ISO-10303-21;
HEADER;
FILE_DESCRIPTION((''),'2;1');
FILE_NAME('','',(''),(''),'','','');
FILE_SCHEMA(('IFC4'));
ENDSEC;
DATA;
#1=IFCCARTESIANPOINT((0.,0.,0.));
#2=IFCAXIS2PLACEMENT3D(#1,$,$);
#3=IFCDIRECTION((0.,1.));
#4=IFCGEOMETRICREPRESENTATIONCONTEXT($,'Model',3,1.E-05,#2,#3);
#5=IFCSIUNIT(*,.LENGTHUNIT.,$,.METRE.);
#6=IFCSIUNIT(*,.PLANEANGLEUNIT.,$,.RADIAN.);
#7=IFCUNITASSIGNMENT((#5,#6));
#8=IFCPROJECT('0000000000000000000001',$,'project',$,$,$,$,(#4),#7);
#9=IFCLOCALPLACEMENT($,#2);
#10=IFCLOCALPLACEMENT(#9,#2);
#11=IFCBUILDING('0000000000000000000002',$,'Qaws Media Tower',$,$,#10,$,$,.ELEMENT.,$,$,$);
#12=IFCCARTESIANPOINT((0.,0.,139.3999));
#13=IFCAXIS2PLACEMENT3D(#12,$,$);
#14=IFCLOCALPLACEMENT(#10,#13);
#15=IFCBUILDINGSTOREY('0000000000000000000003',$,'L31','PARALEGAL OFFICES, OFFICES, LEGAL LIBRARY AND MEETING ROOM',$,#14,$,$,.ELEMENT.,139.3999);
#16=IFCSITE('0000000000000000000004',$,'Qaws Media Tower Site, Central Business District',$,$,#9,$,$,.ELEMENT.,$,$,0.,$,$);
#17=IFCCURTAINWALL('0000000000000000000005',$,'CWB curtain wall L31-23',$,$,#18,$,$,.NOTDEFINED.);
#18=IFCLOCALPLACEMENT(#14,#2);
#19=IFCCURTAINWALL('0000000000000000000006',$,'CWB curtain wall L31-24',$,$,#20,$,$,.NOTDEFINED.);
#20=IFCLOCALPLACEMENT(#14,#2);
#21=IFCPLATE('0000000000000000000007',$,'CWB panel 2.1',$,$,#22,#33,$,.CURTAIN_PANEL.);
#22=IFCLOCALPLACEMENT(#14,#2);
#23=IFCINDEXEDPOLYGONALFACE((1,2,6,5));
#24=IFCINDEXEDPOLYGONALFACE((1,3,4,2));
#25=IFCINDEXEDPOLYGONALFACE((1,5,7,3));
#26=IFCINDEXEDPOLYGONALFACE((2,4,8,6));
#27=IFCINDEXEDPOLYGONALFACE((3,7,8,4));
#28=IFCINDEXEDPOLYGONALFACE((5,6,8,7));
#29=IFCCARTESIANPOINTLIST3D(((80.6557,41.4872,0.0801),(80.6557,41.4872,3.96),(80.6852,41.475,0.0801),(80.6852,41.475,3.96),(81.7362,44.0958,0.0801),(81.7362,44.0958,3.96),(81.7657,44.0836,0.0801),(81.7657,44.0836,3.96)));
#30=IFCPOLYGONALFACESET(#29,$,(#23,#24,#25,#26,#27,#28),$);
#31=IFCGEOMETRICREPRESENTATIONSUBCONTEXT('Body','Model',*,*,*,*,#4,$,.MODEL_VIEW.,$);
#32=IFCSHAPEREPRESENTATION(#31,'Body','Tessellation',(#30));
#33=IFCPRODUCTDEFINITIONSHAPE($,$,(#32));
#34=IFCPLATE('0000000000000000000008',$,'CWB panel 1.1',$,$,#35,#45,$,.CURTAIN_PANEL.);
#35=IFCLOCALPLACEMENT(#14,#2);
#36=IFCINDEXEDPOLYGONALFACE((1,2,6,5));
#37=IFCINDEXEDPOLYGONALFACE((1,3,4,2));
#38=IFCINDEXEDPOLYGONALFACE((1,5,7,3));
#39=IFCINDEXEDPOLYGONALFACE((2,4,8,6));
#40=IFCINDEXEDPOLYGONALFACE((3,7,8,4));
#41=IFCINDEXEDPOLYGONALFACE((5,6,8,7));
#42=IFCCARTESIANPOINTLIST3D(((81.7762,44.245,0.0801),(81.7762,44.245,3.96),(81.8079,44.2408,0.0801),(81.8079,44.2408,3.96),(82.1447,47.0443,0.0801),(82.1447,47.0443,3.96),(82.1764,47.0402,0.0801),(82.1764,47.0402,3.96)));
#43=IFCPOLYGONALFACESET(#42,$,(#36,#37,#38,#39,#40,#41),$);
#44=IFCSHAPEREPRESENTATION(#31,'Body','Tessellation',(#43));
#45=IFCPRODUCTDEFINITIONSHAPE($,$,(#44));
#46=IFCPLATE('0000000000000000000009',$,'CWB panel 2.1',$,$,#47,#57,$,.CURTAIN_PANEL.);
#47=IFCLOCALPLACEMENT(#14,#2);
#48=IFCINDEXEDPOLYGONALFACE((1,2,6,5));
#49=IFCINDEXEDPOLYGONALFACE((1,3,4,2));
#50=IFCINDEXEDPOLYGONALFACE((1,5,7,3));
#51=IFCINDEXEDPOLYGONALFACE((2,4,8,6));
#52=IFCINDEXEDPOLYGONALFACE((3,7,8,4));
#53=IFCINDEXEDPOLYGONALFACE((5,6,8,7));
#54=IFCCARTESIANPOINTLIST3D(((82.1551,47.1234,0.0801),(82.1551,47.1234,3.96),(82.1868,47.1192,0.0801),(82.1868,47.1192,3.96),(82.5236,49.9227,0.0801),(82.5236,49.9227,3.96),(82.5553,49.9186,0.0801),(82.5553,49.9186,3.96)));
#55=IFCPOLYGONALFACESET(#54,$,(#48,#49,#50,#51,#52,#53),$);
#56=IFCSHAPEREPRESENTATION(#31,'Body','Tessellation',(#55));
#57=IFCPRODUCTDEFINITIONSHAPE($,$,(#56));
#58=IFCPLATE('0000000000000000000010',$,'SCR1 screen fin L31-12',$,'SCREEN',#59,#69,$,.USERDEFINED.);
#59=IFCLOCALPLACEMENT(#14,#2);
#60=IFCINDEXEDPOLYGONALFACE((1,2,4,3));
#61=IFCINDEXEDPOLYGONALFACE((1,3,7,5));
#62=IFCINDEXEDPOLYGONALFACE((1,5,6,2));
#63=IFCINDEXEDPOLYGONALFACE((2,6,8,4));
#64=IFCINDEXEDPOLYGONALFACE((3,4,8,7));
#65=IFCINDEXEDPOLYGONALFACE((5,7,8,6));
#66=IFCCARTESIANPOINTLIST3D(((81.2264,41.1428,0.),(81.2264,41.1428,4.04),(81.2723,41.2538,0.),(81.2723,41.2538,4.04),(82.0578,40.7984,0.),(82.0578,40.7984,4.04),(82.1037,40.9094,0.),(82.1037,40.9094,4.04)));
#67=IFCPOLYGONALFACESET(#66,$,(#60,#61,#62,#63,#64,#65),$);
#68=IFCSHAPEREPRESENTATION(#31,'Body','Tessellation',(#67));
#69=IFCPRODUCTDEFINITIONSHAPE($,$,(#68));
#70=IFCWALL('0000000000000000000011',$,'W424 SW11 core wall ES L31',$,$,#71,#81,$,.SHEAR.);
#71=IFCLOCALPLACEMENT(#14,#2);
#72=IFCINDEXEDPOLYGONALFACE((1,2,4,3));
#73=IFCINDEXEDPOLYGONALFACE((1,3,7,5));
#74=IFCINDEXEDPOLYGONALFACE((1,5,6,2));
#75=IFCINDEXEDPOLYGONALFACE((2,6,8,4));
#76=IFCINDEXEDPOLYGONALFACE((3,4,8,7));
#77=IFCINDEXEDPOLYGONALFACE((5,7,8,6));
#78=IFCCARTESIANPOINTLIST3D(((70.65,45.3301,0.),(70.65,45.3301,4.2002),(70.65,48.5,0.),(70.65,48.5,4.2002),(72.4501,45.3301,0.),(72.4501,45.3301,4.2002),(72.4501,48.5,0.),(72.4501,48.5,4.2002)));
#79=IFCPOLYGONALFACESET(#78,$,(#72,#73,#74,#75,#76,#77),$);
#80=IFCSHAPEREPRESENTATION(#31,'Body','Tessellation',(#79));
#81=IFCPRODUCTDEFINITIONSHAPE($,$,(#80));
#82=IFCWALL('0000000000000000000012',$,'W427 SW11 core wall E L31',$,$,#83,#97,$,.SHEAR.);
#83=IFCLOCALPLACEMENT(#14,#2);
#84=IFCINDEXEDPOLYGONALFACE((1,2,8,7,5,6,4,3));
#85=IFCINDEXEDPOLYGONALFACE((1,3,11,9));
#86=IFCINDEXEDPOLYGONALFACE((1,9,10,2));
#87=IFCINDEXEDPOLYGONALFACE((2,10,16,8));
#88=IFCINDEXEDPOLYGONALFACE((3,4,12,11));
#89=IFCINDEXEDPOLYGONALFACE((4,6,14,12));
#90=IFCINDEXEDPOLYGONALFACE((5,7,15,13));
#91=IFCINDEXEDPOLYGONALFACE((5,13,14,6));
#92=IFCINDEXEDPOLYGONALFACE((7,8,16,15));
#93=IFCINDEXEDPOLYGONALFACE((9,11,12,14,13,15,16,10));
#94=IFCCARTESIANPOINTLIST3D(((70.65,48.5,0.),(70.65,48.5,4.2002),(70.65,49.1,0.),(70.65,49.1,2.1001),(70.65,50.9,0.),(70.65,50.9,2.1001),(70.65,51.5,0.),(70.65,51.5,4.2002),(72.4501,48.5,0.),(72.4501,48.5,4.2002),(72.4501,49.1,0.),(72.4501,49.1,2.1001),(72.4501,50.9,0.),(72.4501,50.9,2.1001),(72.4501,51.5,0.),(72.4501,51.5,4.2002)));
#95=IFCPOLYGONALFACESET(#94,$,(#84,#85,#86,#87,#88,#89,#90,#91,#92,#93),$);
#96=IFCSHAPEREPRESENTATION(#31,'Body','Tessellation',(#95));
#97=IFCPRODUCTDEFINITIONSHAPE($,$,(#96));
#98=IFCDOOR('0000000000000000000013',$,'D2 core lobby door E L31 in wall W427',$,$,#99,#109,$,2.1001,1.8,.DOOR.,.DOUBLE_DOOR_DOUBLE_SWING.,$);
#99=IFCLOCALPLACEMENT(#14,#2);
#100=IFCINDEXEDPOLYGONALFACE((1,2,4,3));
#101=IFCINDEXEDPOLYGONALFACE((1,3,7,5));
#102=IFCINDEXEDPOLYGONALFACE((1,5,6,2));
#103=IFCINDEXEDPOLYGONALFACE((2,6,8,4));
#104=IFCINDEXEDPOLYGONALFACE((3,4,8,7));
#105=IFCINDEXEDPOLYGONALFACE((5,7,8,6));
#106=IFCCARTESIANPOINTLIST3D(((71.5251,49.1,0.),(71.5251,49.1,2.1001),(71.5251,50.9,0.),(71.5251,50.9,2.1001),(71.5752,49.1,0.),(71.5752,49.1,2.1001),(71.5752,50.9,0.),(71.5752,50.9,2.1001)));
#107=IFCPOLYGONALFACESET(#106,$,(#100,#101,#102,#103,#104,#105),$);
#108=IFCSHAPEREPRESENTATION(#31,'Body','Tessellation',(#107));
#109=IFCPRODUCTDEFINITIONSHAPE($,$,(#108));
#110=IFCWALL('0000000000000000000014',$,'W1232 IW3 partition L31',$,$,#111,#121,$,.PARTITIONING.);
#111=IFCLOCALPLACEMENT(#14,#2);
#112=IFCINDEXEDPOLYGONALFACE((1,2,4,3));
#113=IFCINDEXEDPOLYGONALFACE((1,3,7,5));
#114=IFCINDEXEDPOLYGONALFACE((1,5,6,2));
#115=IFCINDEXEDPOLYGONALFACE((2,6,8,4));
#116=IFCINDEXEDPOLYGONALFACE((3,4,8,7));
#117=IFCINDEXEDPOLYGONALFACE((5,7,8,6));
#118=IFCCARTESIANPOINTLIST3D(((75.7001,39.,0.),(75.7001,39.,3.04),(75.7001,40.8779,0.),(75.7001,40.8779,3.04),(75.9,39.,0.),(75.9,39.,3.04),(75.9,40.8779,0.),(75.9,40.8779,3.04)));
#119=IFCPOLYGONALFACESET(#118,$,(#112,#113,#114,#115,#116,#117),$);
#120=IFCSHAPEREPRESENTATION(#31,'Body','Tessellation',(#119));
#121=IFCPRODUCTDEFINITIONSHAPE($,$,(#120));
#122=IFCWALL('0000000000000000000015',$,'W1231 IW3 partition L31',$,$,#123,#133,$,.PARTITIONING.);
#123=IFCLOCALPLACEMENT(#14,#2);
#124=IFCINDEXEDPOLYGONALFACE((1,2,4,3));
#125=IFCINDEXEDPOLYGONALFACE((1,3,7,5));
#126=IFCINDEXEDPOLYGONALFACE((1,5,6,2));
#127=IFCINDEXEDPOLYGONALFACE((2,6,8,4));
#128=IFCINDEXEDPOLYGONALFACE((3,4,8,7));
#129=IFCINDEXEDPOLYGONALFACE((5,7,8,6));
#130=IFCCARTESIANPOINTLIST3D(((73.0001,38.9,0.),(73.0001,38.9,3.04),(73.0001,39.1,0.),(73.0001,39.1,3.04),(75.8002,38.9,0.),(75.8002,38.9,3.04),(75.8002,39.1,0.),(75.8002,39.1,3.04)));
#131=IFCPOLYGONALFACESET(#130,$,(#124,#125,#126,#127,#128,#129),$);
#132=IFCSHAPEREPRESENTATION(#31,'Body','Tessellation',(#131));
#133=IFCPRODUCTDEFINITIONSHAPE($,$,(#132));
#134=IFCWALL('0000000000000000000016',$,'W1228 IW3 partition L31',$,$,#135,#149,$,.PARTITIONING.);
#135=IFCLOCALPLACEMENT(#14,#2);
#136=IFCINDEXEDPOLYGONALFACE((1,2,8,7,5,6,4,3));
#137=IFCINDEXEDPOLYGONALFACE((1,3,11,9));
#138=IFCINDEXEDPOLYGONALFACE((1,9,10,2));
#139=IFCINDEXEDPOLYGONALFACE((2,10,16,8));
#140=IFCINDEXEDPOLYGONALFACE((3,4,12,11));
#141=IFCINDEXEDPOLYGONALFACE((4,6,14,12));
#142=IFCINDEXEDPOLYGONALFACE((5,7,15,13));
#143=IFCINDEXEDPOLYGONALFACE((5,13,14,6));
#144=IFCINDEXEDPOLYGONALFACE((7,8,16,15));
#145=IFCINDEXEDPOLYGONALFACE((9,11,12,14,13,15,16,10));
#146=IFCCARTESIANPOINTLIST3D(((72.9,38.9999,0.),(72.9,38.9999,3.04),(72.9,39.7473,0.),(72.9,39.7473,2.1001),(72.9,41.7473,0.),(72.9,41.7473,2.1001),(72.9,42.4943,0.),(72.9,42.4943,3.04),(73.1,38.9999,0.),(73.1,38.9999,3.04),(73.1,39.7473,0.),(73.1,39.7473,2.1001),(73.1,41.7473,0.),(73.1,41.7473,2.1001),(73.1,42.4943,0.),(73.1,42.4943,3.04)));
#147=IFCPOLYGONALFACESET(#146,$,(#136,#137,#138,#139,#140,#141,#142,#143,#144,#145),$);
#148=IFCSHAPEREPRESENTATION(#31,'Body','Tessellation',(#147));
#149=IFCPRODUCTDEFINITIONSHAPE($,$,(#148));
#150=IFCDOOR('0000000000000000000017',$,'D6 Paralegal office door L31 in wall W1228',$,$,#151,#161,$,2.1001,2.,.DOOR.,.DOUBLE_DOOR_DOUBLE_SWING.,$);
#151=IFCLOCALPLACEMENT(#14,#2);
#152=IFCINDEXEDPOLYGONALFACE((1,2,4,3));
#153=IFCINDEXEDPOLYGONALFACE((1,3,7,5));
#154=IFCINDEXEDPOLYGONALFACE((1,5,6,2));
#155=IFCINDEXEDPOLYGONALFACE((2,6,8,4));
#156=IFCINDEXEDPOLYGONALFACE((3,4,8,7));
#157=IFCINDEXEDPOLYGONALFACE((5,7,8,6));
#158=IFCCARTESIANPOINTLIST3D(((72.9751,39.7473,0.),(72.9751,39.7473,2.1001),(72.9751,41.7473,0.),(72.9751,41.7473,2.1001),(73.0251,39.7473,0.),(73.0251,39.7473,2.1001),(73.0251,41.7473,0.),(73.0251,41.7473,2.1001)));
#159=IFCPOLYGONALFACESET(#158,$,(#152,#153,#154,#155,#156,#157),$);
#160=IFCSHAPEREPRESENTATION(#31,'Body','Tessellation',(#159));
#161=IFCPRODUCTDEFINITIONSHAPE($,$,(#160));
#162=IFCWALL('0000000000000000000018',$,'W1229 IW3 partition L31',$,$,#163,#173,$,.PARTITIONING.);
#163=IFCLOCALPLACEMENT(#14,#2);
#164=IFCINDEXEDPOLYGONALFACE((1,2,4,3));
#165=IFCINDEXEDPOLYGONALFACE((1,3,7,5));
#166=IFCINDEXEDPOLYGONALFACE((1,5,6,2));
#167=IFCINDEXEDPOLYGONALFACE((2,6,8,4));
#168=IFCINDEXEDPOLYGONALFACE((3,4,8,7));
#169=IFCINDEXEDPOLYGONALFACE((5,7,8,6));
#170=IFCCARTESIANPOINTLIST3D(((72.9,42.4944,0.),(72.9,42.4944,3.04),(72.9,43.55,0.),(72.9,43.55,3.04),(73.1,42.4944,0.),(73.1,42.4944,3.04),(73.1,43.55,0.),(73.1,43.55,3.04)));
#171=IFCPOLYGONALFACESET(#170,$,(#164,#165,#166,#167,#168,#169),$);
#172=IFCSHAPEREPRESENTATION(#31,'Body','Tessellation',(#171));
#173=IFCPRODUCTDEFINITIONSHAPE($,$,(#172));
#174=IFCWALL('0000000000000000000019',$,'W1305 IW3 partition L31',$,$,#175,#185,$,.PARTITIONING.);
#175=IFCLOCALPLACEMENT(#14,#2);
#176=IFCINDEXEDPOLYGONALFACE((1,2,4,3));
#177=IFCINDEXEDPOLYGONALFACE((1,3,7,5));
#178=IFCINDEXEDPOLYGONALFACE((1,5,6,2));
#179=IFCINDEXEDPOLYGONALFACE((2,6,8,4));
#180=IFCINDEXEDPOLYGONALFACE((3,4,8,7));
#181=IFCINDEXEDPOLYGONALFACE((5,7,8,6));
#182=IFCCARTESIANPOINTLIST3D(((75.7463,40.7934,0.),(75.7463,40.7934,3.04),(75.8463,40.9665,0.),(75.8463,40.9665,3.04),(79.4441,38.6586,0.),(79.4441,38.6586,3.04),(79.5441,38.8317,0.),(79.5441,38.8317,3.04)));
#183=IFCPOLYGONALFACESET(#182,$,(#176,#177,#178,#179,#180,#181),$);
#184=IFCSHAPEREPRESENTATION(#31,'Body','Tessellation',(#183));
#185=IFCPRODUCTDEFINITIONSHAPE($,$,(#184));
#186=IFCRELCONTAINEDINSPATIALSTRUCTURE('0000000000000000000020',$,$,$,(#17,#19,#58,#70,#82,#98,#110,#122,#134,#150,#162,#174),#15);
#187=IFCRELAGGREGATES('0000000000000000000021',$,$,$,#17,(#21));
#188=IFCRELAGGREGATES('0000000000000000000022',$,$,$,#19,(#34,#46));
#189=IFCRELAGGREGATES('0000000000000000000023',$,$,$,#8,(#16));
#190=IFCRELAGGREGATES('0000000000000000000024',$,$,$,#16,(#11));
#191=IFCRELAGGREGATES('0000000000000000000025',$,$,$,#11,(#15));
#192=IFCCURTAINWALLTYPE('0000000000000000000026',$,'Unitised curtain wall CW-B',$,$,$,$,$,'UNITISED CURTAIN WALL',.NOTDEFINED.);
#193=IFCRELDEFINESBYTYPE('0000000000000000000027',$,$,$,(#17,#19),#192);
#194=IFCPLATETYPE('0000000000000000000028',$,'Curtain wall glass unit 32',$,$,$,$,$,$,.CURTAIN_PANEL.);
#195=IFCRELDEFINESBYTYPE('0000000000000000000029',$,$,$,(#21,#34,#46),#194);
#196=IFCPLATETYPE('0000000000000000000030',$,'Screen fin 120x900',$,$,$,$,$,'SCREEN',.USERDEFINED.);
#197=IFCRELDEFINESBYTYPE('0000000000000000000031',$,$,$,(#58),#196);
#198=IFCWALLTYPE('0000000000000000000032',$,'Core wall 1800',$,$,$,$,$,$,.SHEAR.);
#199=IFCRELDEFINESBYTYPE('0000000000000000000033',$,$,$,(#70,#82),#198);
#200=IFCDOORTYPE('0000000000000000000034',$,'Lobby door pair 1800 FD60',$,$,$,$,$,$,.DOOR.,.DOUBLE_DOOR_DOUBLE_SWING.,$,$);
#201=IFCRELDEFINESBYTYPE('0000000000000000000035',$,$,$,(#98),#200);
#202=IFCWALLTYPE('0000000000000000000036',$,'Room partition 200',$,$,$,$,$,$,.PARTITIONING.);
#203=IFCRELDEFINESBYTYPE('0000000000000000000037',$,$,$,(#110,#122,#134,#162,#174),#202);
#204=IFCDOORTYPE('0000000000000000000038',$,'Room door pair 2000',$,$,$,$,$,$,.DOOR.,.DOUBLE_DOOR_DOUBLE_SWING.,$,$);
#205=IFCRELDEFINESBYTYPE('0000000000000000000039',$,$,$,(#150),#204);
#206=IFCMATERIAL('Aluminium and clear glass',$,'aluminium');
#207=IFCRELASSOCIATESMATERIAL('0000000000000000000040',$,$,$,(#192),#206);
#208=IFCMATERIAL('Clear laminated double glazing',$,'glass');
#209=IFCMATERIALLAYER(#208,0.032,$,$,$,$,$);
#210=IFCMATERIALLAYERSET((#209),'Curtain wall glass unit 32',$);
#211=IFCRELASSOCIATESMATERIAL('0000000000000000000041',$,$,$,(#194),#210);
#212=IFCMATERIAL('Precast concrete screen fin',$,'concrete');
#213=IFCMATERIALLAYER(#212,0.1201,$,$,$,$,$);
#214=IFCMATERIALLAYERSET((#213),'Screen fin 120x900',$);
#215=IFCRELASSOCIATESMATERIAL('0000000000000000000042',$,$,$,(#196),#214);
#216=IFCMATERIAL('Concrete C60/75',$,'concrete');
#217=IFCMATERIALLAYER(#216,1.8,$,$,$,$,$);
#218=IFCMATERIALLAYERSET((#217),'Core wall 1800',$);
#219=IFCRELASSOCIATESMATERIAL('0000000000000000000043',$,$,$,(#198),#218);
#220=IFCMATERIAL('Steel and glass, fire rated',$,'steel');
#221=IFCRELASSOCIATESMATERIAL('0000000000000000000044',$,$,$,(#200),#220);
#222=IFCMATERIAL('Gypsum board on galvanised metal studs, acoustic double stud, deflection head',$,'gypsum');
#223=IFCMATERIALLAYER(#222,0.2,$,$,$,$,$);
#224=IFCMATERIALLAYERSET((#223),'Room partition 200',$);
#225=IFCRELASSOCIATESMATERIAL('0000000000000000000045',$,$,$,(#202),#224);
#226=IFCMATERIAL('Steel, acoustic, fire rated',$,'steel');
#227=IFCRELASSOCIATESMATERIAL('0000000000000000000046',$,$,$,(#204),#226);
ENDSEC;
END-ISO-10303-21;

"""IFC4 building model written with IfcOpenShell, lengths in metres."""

from ifc_helpers import new_model, si_unit, direction, frame, frame_2d, origin, origin_2d, place, context, subcontext, project, spatial, rectangle, extrude, material, layer, layer_set, type_object, element, fill, aggregate, save


model = new_model("IFC4")

# Units and contexts
model_context = context("Model", 3, precision=1e-05, world=origin(), true_north=direction((0.0, 1.0)))
body_context = subcontext(model_context, "Body", "Model", "MODEL_VIEW")
ifc_project = project(units=[si_unit("LENGTHUNIT", "METRE"), si_unit("PLANEANGLEUNIT", "RADIAN")], contexts=[model_context])

# Site, building, storey
site_placement = place(None, origin())
site = spatial("IfcSite", under=ifc_project, at=site_placement, Name="Qaws Media Tower Site, Central Business District", CompositionType="ELEMENT", RefElevation=0.0)
building_placement = place(site_placement, origin())
building = spatial("IfcBuilding", under=site, at=building_placement, Name="Qaws Media Tower", CompositionType="ELEMENT")
storey_placement = place(building_placement, frame((0.0, 0.0, 139.3999)))
storey = spatial("IfcBuildingStorey", under=building, at=storey_placement, Name="L31", Description="PARALEGAL OFFICES, OFFICES, LEGAL LIBRARY AND MEETING ROOM", CompositionType="ELEMENT", Elevation=139.3999)

# Curtain walls
ifc_material_1 = material(Name="Aluminium and clear glass", Category="aluminium")
curtain_wall_type = type_object("IfcCurtainWallType", Name="Unitised curtain wall CW-B", ElementType="UNITISED CURTAIN WALL", PredefinedType="NOTDEFINED", material=ifc_material_1)
curtain_wall_1_placement = place(storey_placement, origin())
curtain_wall_1 = element("IfcCurtainWall", 1, at=curtain_wall_1_placement, inside=storey, type_object=curtain_wall_type, Name="CWB curtain wall L31-23", PredefinedType="NOTDEFINED")
curtain_wall_2_placement = place(storey_placement, origin())
curtain_wall_2 = element("IfcCurtainWall", 2, at=curtain_wall_2_placement, inside=storey, type_object=curtain_wall_type, Name="CWB curtain wall L31-24", PredefinedType="NOTDEFINED")

# Plates
ifc_material_2 = material(Name="Clear laminated double glazing", Category="glass")
ifc_layer_1 = layer(ifc_material_2, 0.032)
ifc_layer_set_1 = layer_set([ifc_layer_1], Name="Curtain wall glass unit 32")
plate_type_1 = type_object("IfcPlateType", Name="Curtain wall glass unit 32", PredefinedType="CURTAIN_PANEL", material=ifc_layer_set_1)
plate_1_placement = place(storey_placement, frame((81.2107, 42.7854, 0.0801), z_axis=(0.0, 0.0, 1.0), x_axis=(0.382683, 0.92388, 0.0)))
plate_1 = element("IfcPlate", 3, at=plate_1_placement, type_object=plate_type_1, Name="CWB panel 2.1", PredefinedType="CURTAIN_PANEL", context=body_context, shape_type="SweptSolid", body=[
    extrude(rectangle(XDim=2.8235, YDim=0.032, at=origin_2d()), origin(), (0.0, 0.0, 1.0), 3.8799),
])
aggregate(curtain_wall_1, [plate_1])
plate_2_placement = place(storey_placement, frame((81.9763, 45.6426, 0.0801), z_axis=(0.0, 0.0, 1.0), x_axis=(0.130526, 0.991445, 0.0)))
plate_2 = element("IfcPlate", 4, at=plate_2_placement, type_object=plate_type_1, Name="CWB panel 1.1", PredefinedType="CURTAIN_PANEL", context=body_context, shape_type="SweptSolid", body=[
    extrude(rectangle(XDim=2.8235, YDim=0.032, at=origin_2d()), origin(), (0.0, 0.0, 1.0), 3.8799),
])
plate_3_placement = place(storey_placement, frame((82.3552, 48.521, 0.0801), z_axis=(0.0, 0.0, 1.0), x_axis=(0.130526, 0.991445, 0.0)))
plate_3 = element("IfcPlate", 5, at=plate_3_placement, type_object=plate_type_1, Name="CWB panel 2.1", PredefinedType="CURTAIN_PANEL", context=body_context, shape_type="SweptSolid", body=[
    extrude(rectangle(XDim=2.8235, YDim=0.032, at=origin_2d()), origin(), (0.0, 0.0, 1.0), 3.8799),
])
aggregate(curtain_wall_2, [plate_2, plate_3])
ifc_material_3 = material(Name="Precast concrete screen fin", Category="concrete")
ifc_layer_2 = layer(ifc_material_3, 0.1201)
ifc_layer_set_2 = layer_set([ifc_layer_2], Name="Screen fin 120x900")
plate_type_2 = type_object("IfcPlateType", Name="Screen fin 120x900", ElementType="SCREEN", PredefinedType="USERDEFINED", material=ifc_layer_set_2)
plate_4_placement = place(storey_placement, frame((81.665, 41.0261, 0.0), z_axis=(0.0, 0.0, 1.0), x_axis=(0.92388, -0.382683, 0.0)))
element("IfcPlate", 6, at=plate_4_placement, inside=storey, type_object=plate_type_2, Name="SCR1 screen fin L31-12", ObjectType="SCREEN", PredefinedType="USERDEFINED", context=body_context, shape_type="SweptSolid", body=[
    extrude(rectangle(XDim=0.8999, YDim=0.1201, at=origin_2d()), origin(), (0.0, 0.0, 1.0), 4.04),
])

# Wall
ifc_material_4 = material(Name="Concrete C60/75", Category="concrete")
ifc_layer_3 = layer(ifc_material_4, 1.8)
ifc_layer_set_3 = layer_set([ifc_layer_3], Name="Core wall 1800")
wall_type_1 = type_object("IfcWallType", Name="Core wall 1800", PredefinedType="SHEAR", material=ifc_layer_set_3)
wall_1_placement = place(storey_placement, frame((71.55, 45.3301, 0.0), z_axis=(0.0, 0.0, 1.0), x_axis=(0.0, 1.0, 0.0)))
element("IfcWall", 7, at=wall_1_placement, inside=storey, type_object=wall_type_1, Name="W424 SW11 core wall ES L31", PredefinedType="SHEAR", context=body_context, shape_type="SweptSolid", body=[
    extrude(rectangle(XDim=3.1699, YDim=1.8, at=frame_2d((1.585, 0.0))), origin(), (0.0, 0.0, 1.0), 4.2002),
])

# Wall, opening, door
wall_2_placement = place(storey_placement, frame((71.55, 48.5, 0.0), z_axis=(0.0, 0.0, 1.0), x_axis=(0.0, 1.0, 0.0)))
wall_2 = element("IfcWall", 8, at=wall_2_placement, inside=storey, type_object=wall_type_1, Name="W427 SW11 core wall E L31", PredefinedType="SHEAR", context=body_context, shape_type="SweptSolid", body=[
    extrude(rectangle(XDim=3.0, YDim=1.8, at=frame_2d((1.5, 0.0))), origin(), (0.0, 0.0, 1.0), 4.2002),
])
opening_1_placement = place(wall_2_placement, frame((0.6001, 0.0, 0.0)))
opening_1 = element("IfcOpeningElement", 9, at=opening_1_placement, cuts=wall_2, PredefinedType="OPENING", context=body_context, shape_type="SweptSolid", body=[
    extrude(rectangle(XDim=1.8, YDim=2.1001, at=frame_2d((0.8999, 1.05))), frame((0.0, 0.9099, 0.0), z_axis=(0.0, -1.0, 0.0), x_axis=(1.0, 0.0, 0.0)), (0.0, 0.0, 1.0), 1.8201),
])
ifc_material_5 = material(Name="Steel and glass, fire rated", Category="steel")
door_type_1 = type_object("IfcDoorType", Name="Lobby door pair 1800 FD60", OperationType="DOUBLE_DOOR_DOUBLE_SWING", PredefinedType="DOOR", material=ifc_material_5)
door_1_placement = place(opening_1_placement, origin())
door_1 = element("IfcDoor", 10, at=door_1_placement, inside=storey, type_object=door_type_1, Name="D2 core lobby door E L31 in wall W427", OperationType="DOUBLE_DOOR_DOUBLE_SWING", OverallHeight=2.1001, OverallWidth=1.8, PredefinedType="DOOR", context=body_context, shape_type="SweptSolid", body=[
    extrude(rectangle(XDim=1.8, YDim=2.1001, at=frame_2d((0.8999, 1.05))), frame((0.0, 0.0249, 0.0), z_axis=(0.0, -1.0, 0.0), x_axis=(1.0, 0.0, 0.0)), (0.0, 0.0, 1.0), 0.05),
])
fill(opening_1, door_1)

# Walls
ifc_material_6 = material(Name="Gypsum board on galvanised metal studs, acoustic double stud, deflection head", Category="gypsum")
ifc_layer_4 = layer(ifc_material_6, 0.2)
ifc_layer_set_4 = layer_set([ifc_layer_4], Name="Room partition 200")
wall_type_2 = type_object("IfcWallType", Name="Room partition 200", PredefinedType="PARTITIONING", material=ifc_layer_set_4)
wall_3_placement = place(storey_placement, frame((75.8, 40.8779, 0.0), z_axis=(0.0, 0.0, 1.0), x_axis=(0.0, -1.0, 0.0)))
element("IfcWall", 11, at=wall_3_placement, inside=storey, type_object=wall_type_2, Name="W1232 IW3 partition L31", PredefinedType="PARTITIONING", context=body_context, shape_type="SweptSolid", body=[
    extrude(rectangle(XDim=1.8779, YDim=0.2, at=frame_2d((0.939, 0.0))), origin(), (0.0, 0.0, 1.0), 3.04),
])
wall_4_placement = place(storey_placement, frame((75.8, 39.0, 0.0), z_axis=(0.0, 0.0, 1.0), x_axis=(-1.0, 0.0, 0.0)))
element("IfcWall", 12, at=wall_4_placement, inside=storey, type_object=wall_type_2, Name="W1231 IW3 partition L31", PredefinedType="PARTITIONING", context=body_context, shape_type="SweptSolid", body=[
    extrude(rectangle(XDim=2.8, YDim=0.2, at=frame_2d((1.3999, 0.0))), origin(), (0.0, 0.0, 1.0), 3.04),
])

# Wall, opening, door
wall_5_placement = place(storey_placement, frame((73.0, 39.0, 0.0), z_axis=(0.0, 0.0, 1.0), x_axis=(0.0, 1.0, 0.0)))
wall_5 = element("IfcWall", 13, at=wall_5_placement, inside=storey, type_object=wall_type_2, Name="W1228 IW3 partition L31", PredefinedType="PARTITIONING", context=body_context, shape_type="SweptSolid", body=[
    extrude(rectangle(XDim=3.4944, YDim=0.2, at=frame_2d((1.7471, 0.0))), origin(), (0.0, 0.0, 1.0), 3.04),
])
opening_2_placement = place(wall_5_placement, frame((0.7473, 0.0, 0.0)))
opening_2 = element("IfcOpeningElement", 14, at=opening_2_placement, cuts=wall_5, PredefinedType="OPENING", context=body_context, shape_type="SweptSolid", body=[
    extrude(rectangle(XDim=2.0, YDim=2.1001, at=frame_2d((1.0, 1.05))), frame((0.0, 0.1099, 0.0), z_axis=(0.0, -1.0, 0.0), x_axis=(1.0, 0.0, 0.0)), (0.0, 0.0, 1.0), 0.22),
])
ifc_material_7 = material(Name="Steel, acoustic, fire rated", Category="steel")
door_type_2 = type_object("IfcDoorType", Name="Room door pair 2000", OperationType="DOUBLE_DOOR_DOUBLE_SWING", PredefinedType="DOOR", material=ifc_material_7)
door_2_placement = place(opening_2_placement, origin())
door_2 = element("IfcDoor", 15, at=door_2_placement, inside=storey, type_object=door_type_2, Name="D6 Paralegal office door L31 in wall W1228", OperationType="DOUBLE_DOOR_DOUBLE_SWING", OverallHeight=2.1001, OverallWidth=2.0, PredefinedType="DOOR", context=body_context, shape_type="SweptSolid", body=[
    extrude(rectangle(XDim=2.0, YDim=2.1001, at=frame_2d((1.0, 1.05))), frame((0.0, 0.0249, 0.0), z_axis=(0.0, -1.0, 0.0), x_axis=(1.0, 0.0, 0.0)), (0.0, 0.0, 1.0), 0.05),
])
fill(opening_2, door_2)

# Walls
wall_6_placement = place(storey_placement, frame((73.0, 42.4944, 0.0), z_axis=(0.0, 0.0, 1.0), x_axis=(0.0, 1.0, 0.0)))
element("IfcWall", 16, at=wall_6_placement, inside=storey, type_object=wall_type_2, Name="W1229 IW3 partition L31", PredefinedType="PARTITIONING", context=body_context, shape_type="SweptSolid", body=[
    extrude(rectangle(XDim=1.0557, YDim=0.2, at=frame_2d((0.5278, 0.0))), origin(), (0.0, 0.0, 1.0), 3.04),
])
wall_7_placement = place(storey_placement, frame((75.7964, 40.8799, 0.0), z_axis=(0.0, 0.0, 1.0), x_axis=(0.866039, -0.499977, 0.0)))
element("IfcWall", 17, at=wall_7_placement, inside=storey, type_object=wall_type_2, Name="W1305 IW3 partition L31", PredefinedType="PARTITIONING", context=body_context, shape_type="SweptSolid", body=[
    extrude(rectangle(XDim=4.2698, YDim=0.2, at=frame_2d((2.1348, 0.0))), origin(), (0.0, 0.0, 1.0), 3.04),
])

save(model, "model.ifc")
